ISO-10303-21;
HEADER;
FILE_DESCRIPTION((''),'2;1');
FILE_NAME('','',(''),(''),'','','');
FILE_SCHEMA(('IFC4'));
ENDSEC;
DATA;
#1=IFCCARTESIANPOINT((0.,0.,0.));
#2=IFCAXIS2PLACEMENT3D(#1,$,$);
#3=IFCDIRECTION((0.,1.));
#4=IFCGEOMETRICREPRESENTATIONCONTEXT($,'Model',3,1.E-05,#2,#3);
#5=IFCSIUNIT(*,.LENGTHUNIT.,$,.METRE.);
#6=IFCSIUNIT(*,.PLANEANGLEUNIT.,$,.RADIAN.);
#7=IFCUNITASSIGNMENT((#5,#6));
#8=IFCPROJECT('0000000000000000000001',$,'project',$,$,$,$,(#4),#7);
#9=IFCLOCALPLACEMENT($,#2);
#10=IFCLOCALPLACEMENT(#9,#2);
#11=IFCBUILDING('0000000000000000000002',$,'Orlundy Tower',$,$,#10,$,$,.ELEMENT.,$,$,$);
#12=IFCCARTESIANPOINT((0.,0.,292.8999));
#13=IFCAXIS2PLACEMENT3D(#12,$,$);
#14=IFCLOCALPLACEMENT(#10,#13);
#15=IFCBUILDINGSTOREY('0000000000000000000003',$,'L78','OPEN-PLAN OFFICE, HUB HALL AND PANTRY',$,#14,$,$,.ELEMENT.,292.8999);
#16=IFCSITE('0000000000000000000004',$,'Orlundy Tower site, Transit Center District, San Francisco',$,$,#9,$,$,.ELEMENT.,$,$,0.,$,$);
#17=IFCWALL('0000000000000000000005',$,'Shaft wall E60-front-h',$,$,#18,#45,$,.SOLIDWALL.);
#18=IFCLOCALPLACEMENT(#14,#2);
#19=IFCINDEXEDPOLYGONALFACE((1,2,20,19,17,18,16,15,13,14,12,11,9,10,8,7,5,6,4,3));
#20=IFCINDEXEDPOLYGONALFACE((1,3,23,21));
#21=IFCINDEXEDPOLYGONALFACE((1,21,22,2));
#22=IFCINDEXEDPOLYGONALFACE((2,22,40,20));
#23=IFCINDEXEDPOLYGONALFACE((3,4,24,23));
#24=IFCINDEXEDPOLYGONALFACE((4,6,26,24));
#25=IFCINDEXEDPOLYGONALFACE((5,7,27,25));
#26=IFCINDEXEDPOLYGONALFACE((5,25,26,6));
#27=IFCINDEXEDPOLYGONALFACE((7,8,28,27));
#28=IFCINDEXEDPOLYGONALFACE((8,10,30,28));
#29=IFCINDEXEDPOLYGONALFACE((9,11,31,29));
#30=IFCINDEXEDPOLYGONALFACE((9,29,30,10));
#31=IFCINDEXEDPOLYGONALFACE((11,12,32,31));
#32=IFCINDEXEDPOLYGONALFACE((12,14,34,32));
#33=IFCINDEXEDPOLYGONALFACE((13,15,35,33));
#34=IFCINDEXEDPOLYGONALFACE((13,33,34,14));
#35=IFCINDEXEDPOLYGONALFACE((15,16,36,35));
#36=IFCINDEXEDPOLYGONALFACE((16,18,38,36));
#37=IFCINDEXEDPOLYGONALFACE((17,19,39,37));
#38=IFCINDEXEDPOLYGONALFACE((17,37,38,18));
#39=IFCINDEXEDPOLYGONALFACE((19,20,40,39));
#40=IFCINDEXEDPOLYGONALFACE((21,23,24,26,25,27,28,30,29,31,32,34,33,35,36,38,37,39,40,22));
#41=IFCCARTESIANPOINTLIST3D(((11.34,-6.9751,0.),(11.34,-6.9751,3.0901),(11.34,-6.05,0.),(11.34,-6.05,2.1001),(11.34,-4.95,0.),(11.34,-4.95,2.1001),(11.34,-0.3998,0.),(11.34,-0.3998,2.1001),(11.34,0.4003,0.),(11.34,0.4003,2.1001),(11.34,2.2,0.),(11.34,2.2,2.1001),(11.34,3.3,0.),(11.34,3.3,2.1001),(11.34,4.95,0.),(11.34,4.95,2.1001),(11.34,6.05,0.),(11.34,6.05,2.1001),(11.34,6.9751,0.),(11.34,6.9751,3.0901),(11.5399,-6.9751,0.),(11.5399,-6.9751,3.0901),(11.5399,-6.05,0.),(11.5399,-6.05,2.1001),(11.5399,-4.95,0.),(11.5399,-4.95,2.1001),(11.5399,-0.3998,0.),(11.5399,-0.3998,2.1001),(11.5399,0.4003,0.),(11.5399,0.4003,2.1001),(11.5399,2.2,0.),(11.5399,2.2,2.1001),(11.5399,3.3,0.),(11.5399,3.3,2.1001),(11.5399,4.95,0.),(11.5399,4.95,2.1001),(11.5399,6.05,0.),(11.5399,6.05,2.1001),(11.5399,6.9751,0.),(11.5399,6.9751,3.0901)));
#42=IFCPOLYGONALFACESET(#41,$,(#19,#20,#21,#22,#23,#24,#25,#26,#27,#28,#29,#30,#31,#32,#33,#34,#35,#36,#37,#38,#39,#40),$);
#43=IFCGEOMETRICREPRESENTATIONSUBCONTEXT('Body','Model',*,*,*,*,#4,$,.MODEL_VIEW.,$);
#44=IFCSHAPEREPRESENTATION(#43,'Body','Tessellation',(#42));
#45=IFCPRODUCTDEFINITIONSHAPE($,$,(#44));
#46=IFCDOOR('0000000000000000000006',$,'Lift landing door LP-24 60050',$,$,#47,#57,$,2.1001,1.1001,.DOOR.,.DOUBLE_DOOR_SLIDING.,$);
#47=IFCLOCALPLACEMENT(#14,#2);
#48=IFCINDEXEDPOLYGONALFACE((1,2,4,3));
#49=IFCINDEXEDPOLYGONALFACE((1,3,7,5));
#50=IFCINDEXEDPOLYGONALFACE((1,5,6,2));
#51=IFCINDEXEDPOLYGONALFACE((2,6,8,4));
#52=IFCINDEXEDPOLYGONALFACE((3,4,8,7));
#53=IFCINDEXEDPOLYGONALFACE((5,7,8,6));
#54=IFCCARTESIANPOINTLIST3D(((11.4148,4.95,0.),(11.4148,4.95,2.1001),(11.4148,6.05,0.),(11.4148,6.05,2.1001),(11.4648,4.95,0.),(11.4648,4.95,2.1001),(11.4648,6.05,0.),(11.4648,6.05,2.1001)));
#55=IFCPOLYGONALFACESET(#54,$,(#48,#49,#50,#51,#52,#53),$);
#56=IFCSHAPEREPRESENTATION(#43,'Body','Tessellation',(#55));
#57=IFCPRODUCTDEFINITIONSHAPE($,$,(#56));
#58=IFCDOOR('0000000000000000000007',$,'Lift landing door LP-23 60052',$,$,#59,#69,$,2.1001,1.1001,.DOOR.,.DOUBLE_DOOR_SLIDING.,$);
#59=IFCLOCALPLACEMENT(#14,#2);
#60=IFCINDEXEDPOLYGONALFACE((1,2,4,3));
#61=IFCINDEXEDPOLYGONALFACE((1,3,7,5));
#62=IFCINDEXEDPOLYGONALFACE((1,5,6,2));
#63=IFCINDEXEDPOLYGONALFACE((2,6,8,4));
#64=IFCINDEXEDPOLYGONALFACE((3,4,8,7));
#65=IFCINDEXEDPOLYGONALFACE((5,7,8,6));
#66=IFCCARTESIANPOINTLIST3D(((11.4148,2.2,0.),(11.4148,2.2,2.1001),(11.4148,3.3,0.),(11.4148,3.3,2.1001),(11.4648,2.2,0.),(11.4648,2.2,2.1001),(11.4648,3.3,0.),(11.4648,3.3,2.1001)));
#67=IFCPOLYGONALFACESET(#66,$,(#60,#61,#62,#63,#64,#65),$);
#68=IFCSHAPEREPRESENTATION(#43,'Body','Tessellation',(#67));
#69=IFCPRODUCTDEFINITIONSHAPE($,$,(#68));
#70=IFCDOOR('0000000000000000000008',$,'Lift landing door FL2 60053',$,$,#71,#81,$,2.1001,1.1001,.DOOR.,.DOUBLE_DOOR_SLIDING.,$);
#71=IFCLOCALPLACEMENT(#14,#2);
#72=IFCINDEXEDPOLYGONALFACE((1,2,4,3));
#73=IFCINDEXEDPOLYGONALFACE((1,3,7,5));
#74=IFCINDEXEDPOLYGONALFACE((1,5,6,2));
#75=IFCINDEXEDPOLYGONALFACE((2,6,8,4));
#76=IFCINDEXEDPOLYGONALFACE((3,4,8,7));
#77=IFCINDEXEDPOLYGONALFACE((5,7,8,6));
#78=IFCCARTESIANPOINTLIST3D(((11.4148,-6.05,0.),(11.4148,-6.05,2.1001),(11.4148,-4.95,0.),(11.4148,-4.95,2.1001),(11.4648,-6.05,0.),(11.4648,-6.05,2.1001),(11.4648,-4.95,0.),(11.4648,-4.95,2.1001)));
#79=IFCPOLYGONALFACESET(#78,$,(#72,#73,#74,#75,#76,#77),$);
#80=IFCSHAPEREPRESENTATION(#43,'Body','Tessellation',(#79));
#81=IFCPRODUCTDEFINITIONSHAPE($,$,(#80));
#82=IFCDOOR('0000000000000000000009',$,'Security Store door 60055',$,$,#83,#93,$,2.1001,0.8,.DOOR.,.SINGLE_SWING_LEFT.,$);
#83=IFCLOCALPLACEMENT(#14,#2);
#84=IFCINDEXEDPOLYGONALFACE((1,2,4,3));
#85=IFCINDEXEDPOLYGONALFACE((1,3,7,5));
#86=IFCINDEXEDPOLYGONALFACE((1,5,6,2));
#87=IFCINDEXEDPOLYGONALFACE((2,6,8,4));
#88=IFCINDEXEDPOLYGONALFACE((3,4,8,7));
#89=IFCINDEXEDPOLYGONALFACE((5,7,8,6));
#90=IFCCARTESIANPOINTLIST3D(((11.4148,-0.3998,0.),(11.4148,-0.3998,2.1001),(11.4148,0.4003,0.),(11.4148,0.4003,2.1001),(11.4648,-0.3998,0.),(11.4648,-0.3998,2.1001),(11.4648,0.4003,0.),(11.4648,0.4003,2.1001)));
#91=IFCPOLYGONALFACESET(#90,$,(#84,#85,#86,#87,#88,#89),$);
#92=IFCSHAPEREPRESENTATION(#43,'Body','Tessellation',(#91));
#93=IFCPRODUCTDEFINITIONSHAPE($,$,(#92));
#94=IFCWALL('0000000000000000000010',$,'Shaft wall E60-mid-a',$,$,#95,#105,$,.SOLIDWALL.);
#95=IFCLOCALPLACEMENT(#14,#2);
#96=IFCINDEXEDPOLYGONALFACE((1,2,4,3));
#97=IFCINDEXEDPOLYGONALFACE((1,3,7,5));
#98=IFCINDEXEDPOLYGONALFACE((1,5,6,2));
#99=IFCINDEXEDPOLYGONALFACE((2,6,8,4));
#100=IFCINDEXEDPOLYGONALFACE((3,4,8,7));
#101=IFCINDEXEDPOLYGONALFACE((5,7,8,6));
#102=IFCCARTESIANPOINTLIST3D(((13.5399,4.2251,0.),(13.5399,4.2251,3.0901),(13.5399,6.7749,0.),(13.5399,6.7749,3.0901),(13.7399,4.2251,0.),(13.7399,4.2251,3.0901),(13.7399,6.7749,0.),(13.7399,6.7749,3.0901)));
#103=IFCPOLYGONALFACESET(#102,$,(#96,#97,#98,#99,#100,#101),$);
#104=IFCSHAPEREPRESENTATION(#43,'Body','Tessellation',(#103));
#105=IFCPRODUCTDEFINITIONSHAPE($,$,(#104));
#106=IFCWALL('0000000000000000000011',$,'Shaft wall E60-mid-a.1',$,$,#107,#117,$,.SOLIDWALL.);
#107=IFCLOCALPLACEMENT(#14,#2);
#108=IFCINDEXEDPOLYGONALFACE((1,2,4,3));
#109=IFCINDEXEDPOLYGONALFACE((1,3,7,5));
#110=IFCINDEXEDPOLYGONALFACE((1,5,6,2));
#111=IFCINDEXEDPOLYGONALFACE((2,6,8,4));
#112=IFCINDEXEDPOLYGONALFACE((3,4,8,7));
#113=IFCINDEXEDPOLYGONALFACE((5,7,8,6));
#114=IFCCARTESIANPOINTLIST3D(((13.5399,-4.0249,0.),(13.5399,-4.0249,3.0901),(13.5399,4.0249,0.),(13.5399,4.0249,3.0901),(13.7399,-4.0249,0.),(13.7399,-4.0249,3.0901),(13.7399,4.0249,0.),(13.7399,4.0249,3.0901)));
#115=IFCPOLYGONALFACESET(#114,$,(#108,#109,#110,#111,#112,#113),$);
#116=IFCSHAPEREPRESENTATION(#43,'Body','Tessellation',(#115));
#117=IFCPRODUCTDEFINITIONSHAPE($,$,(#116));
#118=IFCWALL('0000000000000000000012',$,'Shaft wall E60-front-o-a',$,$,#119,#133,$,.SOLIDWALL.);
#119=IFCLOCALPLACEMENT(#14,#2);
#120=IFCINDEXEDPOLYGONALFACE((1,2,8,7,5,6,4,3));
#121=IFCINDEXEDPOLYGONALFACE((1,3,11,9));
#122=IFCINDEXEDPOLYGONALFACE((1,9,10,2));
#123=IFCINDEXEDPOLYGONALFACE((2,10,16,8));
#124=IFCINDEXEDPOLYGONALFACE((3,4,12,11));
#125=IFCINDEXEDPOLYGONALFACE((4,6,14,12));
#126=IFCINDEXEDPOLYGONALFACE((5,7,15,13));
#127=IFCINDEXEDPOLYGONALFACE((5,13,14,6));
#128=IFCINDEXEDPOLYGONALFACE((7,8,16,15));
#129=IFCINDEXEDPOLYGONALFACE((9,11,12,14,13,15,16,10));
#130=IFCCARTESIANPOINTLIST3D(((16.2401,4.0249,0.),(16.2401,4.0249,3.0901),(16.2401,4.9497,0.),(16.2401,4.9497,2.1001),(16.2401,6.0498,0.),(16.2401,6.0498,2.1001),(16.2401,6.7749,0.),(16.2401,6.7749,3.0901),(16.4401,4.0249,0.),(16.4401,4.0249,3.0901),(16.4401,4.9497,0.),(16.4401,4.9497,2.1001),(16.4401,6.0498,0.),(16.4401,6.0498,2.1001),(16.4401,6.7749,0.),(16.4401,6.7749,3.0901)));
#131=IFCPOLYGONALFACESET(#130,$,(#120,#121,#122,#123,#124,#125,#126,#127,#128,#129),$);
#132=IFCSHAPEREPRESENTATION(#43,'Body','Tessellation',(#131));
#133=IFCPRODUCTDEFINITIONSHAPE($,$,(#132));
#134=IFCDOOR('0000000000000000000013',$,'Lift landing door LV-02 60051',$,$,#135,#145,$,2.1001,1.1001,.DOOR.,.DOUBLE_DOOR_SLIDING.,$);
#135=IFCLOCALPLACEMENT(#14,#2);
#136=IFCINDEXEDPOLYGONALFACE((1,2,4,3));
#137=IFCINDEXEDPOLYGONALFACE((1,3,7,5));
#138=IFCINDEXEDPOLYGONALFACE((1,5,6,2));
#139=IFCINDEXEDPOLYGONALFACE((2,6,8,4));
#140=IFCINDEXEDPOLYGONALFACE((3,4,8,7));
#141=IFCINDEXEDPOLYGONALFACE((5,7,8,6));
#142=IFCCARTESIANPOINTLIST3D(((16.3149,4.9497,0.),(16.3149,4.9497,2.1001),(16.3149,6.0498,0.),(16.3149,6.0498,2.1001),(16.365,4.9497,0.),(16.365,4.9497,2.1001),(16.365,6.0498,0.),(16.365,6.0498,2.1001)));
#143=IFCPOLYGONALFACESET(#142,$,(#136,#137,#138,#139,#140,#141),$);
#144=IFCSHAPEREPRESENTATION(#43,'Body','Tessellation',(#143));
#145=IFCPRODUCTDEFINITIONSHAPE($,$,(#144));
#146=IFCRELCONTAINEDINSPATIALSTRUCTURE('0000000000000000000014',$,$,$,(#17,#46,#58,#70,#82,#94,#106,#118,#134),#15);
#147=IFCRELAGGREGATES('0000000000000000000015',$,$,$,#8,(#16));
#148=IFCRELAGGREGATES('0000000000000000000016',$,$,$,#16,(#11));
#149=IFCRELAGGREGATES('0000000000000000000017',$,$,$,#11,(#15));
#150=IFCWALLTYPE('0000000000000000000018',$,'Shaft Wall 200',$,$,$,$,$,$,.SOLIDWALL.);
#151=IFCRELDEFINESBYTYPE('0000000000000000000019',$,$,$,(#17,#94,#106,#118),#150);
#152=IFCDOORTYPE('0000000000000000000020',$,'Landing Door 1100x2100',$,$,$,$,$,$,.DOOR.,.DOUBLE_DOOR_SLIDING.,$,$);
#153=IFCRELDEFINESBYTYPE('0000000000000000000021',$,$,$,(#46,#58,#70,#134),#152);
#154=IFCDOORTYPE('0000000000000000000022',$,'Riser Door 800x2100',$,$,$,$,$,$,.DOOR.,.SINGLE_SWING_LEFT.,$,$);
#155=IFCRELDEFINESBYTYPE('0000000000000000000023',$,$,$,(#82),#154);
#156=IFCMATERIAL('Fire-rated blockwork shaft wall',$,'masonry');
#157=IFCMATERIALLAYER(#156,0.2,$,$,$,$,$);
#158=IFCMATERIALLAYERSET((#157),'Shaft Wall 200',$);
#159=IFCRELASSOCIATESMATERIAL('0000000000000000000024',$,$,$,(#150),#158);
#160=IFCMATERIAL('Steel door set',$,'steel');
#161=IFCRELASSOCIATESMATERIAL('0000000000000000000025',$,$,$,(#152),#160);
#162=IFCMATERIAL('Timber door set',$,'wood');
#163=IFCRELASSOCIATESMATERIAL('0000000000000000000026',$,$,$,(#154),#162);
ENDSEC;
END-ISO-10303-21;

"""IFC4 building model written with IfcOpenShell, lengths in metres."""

from ifc_helpers import new_model, si_unit, direction, frame, frame_2d, origin, place, context, subcontext, project, spatial, rectangle, extrude, material, layer, layer_set, type_object, element, fill, save


model = new_model("IFC4")

# Units and contexts
model_context = context("Model", 3, precision=1e-05, world=origin(), true_north=direction((0.0, 1.0)))
body_context = subcontext(model_context, "Body", "Model", "MODEL_VIEW")
ifc_project = project(units=[si_unit("LENGTHUNIT", "METRE"), si_unit("PLANEANGLEUNIT", "RADIAN")], contexts=[model_context])

# Site, building, storey
site_placement = place(None, origin())
site = spatial("IfcSite", under=ifc_project, at=site_placement, Name="Orlundy Tower site, Transit Center District, San Francisco", CompositionType="ELEMENT", RefElevation=0.0)
building_placement = place(site_placement, origin())
building = spatial("IfcBuilding", under=site, at=building_placement, Name="Orlundy Tower", CompositionType="ELEMENT")
storey_placement = place(building_placement, frame((0.0, 0.0, 292.8999)))
storey = spatial("IfcBuildingStorey", under=building, at=storey_placement, Name="L78", Description="OPEN-PLAN OFFICE, HUB HALL AND PANTRY", CompositionType="ELEMENT", Elevation=292.8999)

# Shared definitions
ifc_material_1 = material(Name="Fire-rated blockwork shaft wall", Category="masonry")
ifc_layer_1 = layer(ifc_material_1, 0.2)
ifc_layer_set_1 = layer_set([ifc_layer_1], Name="Shaft Wall 200")
wall_type_1 = type_object("IfcWallType", Name="Shaft Wall 200", PredefinedType="SOLIDWALL", material=ifc_layer_set_1)

# Wall, openings, doors
wall_1_placement = place(storey_placement, frame((11.4399, 6.9751, 0.0), z_axis=(0.0, 0.0, 1.0), x_axis=(0.0, -1.0, 0.0)))
wall_1 = element("IfcWall", 1, at=wall_1_placement, inside=storey, type_object=wall_type_1, Name="Shaft wall E60-front-h", PredefinedType="SOLIDWALL", context=body_context, shape_type="SweptSolid", body=[
    extrude(rectangle(XDim=13.9502, YDim=0.2, at=frame_2d((6.9751, 0.0))), origin(), (0.0, 0.0, 1.0), 3.0901),
])
opening_1_placement = place(wall_1_placement, frame((0.925, 0.0, 0.0)))
opening_1 = element("IfcOpeningElement", 2, at=opening_1_placement, cuts=wall_1, PredefinedType="OPENING", context=body_context, shape_type="SweptSolid", body=[
    extrude(rectangle(XDim=1.1001, YDim=2.1001, at=frame_2d((0.55, 1.05))), frame((0.0, 0.1101, 0.0), z_axis=(0.0, -1.0, 0.0), x_axis=(1.0, 0.0, 0.0)), (0.0, 0.0, 1.0), 0.2202),
])
opening_2_placement = place(wall_1_placement, frame((3.675, 0.0, 0.0)))
opening_2 = element("IfcOpeningElement", 3, at=opening_2_placement, cuts=wall_1, PredefinedType="OPENING", context=body_context, shape_type="SweptSolid", body=[
    extrude(rectangle(XDim=1.1001, YDim=2.1001, at=frame_2d((0.55, 1.05))), frame((0.0, 0.1101, 0.0), z_axis=(0.0, -1.0, 0.0), x_axis=(1.0, 0.0, 0.0)), (0.0, 0.0, 1.0), 0.2202),
])
opening_3_placement = place(wall_1_placement, frame((11.925, 0.0, 0.0)))
opening_3 = element("IfcOpeningElement", 4, at=opening_3_placement, cuts=wall_1, PredefinedType="OPENING", context=body_context, shape_type="SweptSolid", body=[
    extrude(rectangle(XDim=1.1001, YDim=2.1001, at=frame_2d((0.55, 1.05))), frame((0.0, 0.1101, 0.0), z_axis=(0.0, -1.0, 0.0), x_axis=(1.0, 0.0, 0.0)), (0.0, 0.0, 1.0), 0.2202),
])
opening_4_placement = place(wall_1_placement, frame((6.575, 0.0, 0.0)))
opening_4 = element("IfcOpeningElement", 5, at=opening_4_placement, cuts=wall_1, PredefinedType="OPENING", context=body_context, shape_type="SweptSolid", body=[
    extrude(rectangle(XDim=0.8, YDim=2.1001, at=frame_2d((0.3999, 1.05))), frame((0.0, 0.1101, 0.0), z_axis=(0.0, -1.0, 0.0), x_axis=(1.0, 0.0, 0.0)), (0.0, 0.0, 1.0), 0.2202),
])
ifc_material_2 = material(Name="Steel door set", Category="steel")
door_type_1 = type_object("IfcDoorType", Name="Landing Door 1100x2100", OperationType="DOUBLE_DOOR_SLIDING", PredefinedType="DOOR", material=ifc_material_2)
door_1_placement = place(opening_1_placement, origin())
door_1 = element("IfcDoor", 6, at=door_1_placement, inside=storey, type_object=door_type_1, Name="Lift landing door LP-24 60050", OperationType="DOUBLE_DOOR_SLIDING", OverallHeight=2.1001, OverallWidth=1.1001, PredefinedType="DOOR", context=body_context, shape_type="SweptSolid", body=[
    extrude(rectangle(XDim=1.1001, YDim=2.1001, at=frame_2d((0.55, 1.05))), frame((0.0, 0.0249, 0.0), z_axis=(0.0, -1.0, 0.0), x_axis=(1.0, 0.0, 0.0)), (0.0, 0.0, 1.0), 0.05),
])
fill(opening_1, door_1)
door_2_placement = place(opening_2_placement, origin())
door_2 = element("IfcDoor", 7, at=door_2_placement, inside=storey, type_object=door_type_1, Name="Lift landing door LP-23 60052", OperationType="DOUBLE_DOOR_SLIDING", OverallHeight=2.1001, OverallWidth=1.1001, PredefinedType="DOOR", context=body_context, shape_type="SweptSolid", body=[
    extrude(rectangle(XDim=1.1001, YDim=2.1001, at=frame_2d((0.55, 1.05))), frame((0.0, 0.0249, 0.0), z_axis=(0.0, -1.0, 0.0), x_axis=(1.0, 0.0, 0.0)), (0.0, 0.0, 1.0), 0.05),
])
fill(opening_2, door_2)
door_3_placement = place(opening_3_placement, origin())
door_3 = element("IfcDoor", 8, at=door_3_placement, inside=storey, type_object=door_type_1, Name="Lift landing door FL2 60053", OperationType="DOUBLE_DOOR_SLIDING", OverallHeight=2.1001, OverallWidth=1.1001, PredefinedType="DOOR", context=body_context, shape_type="SweptSolid", body=[
    extrude(rectangle(XDim=1.1001, YDim=2.1001, at=frame_2d((0.55, 1.05))), frame((0.0, 0.0249, 0.0), z_axis=(0.0, -1.0, 0.0), x_axis=(1.0, 0.0, 0.0)), (0.0, 0.0, 1.0), 0.05),
])
fill(opening_3, door_3)
ifc_material_3 = material(Name="Timber door set", Category="wood")
door_type_2 = type_object("IfcDoorType", Name="Riser Door 800x2100", OperationType="SINGLE_SWING_LEFT", PredefinedType="DOOR", material=ifc_material_3)
door_4_placement = place(opening_4_placement, origin())
door_4 = element("IfcDoor", 9, at=door_4_placement, inside=storey, type_object=door_type_2, Name="Security Store door 60055", OperationType="SINGLE_SWING_LEFT", OverallHeight=2.1001, OverallWidth=0.8, PredefinedType="DOOR", context=body_context, shape_type="SweptSolid", body=[
    extrude(rectangle(XDim=0.8, YDim=2.1001, at=frame_2d((0.3999, 1.05))), frame((0.0, 0.0249, 0.0), z_axis=(0.0, -1.0, 0.0), x_axis=(1.0, 0.0, 0.0)), (0.0, 0.0, 1.0), 0.05),
])
fill(opening_4, door_4)

# Walls
wall_2_placement = place(storey_placement, frame((13.6399, 6.7749, 0.0), z_axis=(0.0, 0.0, 1.0), x_axis=(0.0, -1.0, 0.0)))
element("IfcWall", 10, at=wall_2_placement, inside=storey, type_object=wall_type_1, Name="Shaft wall E60-mid-a", PredefinedType="SOLIDWALL", context=body_context, shape_type="SweptSolid", body=[
    extrude(rectangle(XDim=2.5498, YDim=0.2, at=frame_2d((1.2749, 0.0))), origin(), (0.0, 0.0, 1.0), 3.0901),
])
wall_3_placement = place(storey_placement, frame((13.6399, 4.0249, 0.0), z_axis=(0.0, 0.0, 1.0), x_axis=(0.0, -1.0, 0.0)))
element("IfcWall", 11, at=wall_3_placement, inside=storey, type_object=wall_type_1, Name="Shaft wall E60-mid-a.1", PredefinedType="SOLIDWALL", context=body_context, shape_type="SweptSolid", body=[
    extrude(rectangle(XDim=8.0498, YDim=0.2, at=frame_2d((4.0249, 0.0))), origin(), (0.0, 0.0, 1.0), 3.0901),
])

# Wall, opening, door
wall_4_placement = place(storey_placement, frame((16.3401, 6.7749, 0.0), z_axis=(0.0, 0.0, 1.0), x_axis=(0.0, -1.0, 0.0)))
wall_4 = element("IfcWall", 12, at=wall_4_placement, inside=storey, type_object=wall_type_1, Name="Shaft wall E60-front-o-a", PredefinedType="SOLIDWALL", context=body_context, shape_type="SweptSolid", body=[
    extrude(rectangle(XDim=2.75, YDim=0.2, at=frame_2d((1.375, 0.0))), origin(), (0.0, 0.0, 1.0), 3.0901),
])
opening_5_placement = place(wall_4_placement, frame((0.7251, 0.0, 0.0)))
opening_5 = element("IfcOpeningElement", 13, at=opening_5_placement, cuts=wall_4, PredefinedType="OPENING", context=body_context, shape_type="SweptSolid", body=[
    extrude(rectangle(XDim=1.1001, YDim=2.1001, at=frame_2d((0.55, 1.05))), frame((0.0, 0.1101, 0.0), z_axis=(0.0, -1.0, 0.0), x_axis=(1.0, 0.0, 0.0)), (0.0, 0.0, 1.0), 0.2202),
])
door_5_placement = place(opening_5_placement, origin())
door_5 = element("IfcDoor", 14, at=door_5_placement, inside=storey, type_object=door_type_1, Name="Lift landing door LV-02 60051", OperationType="DOUBLE_DOOR_SLIDING", OverallHeight=2.1001, OverallWidth=1.1001, PredefinedType="DOOR", context=body_context, shape_type="SweptSolid", body=[
    extrude(rectangle(XDim=1.1001, YDim=2.1001, at=frame_2d((0.55, 1.05))), frame((0.0, 0.0249, 0.0), z_axis=(0.0, -1.0, 0.0), x_axis=(1.0, 0.0, 0.0)), (0.0, 0.0, 1.0), 0.05),
])
fill(opening_5, door_5)

save(model, "model.ifc")
